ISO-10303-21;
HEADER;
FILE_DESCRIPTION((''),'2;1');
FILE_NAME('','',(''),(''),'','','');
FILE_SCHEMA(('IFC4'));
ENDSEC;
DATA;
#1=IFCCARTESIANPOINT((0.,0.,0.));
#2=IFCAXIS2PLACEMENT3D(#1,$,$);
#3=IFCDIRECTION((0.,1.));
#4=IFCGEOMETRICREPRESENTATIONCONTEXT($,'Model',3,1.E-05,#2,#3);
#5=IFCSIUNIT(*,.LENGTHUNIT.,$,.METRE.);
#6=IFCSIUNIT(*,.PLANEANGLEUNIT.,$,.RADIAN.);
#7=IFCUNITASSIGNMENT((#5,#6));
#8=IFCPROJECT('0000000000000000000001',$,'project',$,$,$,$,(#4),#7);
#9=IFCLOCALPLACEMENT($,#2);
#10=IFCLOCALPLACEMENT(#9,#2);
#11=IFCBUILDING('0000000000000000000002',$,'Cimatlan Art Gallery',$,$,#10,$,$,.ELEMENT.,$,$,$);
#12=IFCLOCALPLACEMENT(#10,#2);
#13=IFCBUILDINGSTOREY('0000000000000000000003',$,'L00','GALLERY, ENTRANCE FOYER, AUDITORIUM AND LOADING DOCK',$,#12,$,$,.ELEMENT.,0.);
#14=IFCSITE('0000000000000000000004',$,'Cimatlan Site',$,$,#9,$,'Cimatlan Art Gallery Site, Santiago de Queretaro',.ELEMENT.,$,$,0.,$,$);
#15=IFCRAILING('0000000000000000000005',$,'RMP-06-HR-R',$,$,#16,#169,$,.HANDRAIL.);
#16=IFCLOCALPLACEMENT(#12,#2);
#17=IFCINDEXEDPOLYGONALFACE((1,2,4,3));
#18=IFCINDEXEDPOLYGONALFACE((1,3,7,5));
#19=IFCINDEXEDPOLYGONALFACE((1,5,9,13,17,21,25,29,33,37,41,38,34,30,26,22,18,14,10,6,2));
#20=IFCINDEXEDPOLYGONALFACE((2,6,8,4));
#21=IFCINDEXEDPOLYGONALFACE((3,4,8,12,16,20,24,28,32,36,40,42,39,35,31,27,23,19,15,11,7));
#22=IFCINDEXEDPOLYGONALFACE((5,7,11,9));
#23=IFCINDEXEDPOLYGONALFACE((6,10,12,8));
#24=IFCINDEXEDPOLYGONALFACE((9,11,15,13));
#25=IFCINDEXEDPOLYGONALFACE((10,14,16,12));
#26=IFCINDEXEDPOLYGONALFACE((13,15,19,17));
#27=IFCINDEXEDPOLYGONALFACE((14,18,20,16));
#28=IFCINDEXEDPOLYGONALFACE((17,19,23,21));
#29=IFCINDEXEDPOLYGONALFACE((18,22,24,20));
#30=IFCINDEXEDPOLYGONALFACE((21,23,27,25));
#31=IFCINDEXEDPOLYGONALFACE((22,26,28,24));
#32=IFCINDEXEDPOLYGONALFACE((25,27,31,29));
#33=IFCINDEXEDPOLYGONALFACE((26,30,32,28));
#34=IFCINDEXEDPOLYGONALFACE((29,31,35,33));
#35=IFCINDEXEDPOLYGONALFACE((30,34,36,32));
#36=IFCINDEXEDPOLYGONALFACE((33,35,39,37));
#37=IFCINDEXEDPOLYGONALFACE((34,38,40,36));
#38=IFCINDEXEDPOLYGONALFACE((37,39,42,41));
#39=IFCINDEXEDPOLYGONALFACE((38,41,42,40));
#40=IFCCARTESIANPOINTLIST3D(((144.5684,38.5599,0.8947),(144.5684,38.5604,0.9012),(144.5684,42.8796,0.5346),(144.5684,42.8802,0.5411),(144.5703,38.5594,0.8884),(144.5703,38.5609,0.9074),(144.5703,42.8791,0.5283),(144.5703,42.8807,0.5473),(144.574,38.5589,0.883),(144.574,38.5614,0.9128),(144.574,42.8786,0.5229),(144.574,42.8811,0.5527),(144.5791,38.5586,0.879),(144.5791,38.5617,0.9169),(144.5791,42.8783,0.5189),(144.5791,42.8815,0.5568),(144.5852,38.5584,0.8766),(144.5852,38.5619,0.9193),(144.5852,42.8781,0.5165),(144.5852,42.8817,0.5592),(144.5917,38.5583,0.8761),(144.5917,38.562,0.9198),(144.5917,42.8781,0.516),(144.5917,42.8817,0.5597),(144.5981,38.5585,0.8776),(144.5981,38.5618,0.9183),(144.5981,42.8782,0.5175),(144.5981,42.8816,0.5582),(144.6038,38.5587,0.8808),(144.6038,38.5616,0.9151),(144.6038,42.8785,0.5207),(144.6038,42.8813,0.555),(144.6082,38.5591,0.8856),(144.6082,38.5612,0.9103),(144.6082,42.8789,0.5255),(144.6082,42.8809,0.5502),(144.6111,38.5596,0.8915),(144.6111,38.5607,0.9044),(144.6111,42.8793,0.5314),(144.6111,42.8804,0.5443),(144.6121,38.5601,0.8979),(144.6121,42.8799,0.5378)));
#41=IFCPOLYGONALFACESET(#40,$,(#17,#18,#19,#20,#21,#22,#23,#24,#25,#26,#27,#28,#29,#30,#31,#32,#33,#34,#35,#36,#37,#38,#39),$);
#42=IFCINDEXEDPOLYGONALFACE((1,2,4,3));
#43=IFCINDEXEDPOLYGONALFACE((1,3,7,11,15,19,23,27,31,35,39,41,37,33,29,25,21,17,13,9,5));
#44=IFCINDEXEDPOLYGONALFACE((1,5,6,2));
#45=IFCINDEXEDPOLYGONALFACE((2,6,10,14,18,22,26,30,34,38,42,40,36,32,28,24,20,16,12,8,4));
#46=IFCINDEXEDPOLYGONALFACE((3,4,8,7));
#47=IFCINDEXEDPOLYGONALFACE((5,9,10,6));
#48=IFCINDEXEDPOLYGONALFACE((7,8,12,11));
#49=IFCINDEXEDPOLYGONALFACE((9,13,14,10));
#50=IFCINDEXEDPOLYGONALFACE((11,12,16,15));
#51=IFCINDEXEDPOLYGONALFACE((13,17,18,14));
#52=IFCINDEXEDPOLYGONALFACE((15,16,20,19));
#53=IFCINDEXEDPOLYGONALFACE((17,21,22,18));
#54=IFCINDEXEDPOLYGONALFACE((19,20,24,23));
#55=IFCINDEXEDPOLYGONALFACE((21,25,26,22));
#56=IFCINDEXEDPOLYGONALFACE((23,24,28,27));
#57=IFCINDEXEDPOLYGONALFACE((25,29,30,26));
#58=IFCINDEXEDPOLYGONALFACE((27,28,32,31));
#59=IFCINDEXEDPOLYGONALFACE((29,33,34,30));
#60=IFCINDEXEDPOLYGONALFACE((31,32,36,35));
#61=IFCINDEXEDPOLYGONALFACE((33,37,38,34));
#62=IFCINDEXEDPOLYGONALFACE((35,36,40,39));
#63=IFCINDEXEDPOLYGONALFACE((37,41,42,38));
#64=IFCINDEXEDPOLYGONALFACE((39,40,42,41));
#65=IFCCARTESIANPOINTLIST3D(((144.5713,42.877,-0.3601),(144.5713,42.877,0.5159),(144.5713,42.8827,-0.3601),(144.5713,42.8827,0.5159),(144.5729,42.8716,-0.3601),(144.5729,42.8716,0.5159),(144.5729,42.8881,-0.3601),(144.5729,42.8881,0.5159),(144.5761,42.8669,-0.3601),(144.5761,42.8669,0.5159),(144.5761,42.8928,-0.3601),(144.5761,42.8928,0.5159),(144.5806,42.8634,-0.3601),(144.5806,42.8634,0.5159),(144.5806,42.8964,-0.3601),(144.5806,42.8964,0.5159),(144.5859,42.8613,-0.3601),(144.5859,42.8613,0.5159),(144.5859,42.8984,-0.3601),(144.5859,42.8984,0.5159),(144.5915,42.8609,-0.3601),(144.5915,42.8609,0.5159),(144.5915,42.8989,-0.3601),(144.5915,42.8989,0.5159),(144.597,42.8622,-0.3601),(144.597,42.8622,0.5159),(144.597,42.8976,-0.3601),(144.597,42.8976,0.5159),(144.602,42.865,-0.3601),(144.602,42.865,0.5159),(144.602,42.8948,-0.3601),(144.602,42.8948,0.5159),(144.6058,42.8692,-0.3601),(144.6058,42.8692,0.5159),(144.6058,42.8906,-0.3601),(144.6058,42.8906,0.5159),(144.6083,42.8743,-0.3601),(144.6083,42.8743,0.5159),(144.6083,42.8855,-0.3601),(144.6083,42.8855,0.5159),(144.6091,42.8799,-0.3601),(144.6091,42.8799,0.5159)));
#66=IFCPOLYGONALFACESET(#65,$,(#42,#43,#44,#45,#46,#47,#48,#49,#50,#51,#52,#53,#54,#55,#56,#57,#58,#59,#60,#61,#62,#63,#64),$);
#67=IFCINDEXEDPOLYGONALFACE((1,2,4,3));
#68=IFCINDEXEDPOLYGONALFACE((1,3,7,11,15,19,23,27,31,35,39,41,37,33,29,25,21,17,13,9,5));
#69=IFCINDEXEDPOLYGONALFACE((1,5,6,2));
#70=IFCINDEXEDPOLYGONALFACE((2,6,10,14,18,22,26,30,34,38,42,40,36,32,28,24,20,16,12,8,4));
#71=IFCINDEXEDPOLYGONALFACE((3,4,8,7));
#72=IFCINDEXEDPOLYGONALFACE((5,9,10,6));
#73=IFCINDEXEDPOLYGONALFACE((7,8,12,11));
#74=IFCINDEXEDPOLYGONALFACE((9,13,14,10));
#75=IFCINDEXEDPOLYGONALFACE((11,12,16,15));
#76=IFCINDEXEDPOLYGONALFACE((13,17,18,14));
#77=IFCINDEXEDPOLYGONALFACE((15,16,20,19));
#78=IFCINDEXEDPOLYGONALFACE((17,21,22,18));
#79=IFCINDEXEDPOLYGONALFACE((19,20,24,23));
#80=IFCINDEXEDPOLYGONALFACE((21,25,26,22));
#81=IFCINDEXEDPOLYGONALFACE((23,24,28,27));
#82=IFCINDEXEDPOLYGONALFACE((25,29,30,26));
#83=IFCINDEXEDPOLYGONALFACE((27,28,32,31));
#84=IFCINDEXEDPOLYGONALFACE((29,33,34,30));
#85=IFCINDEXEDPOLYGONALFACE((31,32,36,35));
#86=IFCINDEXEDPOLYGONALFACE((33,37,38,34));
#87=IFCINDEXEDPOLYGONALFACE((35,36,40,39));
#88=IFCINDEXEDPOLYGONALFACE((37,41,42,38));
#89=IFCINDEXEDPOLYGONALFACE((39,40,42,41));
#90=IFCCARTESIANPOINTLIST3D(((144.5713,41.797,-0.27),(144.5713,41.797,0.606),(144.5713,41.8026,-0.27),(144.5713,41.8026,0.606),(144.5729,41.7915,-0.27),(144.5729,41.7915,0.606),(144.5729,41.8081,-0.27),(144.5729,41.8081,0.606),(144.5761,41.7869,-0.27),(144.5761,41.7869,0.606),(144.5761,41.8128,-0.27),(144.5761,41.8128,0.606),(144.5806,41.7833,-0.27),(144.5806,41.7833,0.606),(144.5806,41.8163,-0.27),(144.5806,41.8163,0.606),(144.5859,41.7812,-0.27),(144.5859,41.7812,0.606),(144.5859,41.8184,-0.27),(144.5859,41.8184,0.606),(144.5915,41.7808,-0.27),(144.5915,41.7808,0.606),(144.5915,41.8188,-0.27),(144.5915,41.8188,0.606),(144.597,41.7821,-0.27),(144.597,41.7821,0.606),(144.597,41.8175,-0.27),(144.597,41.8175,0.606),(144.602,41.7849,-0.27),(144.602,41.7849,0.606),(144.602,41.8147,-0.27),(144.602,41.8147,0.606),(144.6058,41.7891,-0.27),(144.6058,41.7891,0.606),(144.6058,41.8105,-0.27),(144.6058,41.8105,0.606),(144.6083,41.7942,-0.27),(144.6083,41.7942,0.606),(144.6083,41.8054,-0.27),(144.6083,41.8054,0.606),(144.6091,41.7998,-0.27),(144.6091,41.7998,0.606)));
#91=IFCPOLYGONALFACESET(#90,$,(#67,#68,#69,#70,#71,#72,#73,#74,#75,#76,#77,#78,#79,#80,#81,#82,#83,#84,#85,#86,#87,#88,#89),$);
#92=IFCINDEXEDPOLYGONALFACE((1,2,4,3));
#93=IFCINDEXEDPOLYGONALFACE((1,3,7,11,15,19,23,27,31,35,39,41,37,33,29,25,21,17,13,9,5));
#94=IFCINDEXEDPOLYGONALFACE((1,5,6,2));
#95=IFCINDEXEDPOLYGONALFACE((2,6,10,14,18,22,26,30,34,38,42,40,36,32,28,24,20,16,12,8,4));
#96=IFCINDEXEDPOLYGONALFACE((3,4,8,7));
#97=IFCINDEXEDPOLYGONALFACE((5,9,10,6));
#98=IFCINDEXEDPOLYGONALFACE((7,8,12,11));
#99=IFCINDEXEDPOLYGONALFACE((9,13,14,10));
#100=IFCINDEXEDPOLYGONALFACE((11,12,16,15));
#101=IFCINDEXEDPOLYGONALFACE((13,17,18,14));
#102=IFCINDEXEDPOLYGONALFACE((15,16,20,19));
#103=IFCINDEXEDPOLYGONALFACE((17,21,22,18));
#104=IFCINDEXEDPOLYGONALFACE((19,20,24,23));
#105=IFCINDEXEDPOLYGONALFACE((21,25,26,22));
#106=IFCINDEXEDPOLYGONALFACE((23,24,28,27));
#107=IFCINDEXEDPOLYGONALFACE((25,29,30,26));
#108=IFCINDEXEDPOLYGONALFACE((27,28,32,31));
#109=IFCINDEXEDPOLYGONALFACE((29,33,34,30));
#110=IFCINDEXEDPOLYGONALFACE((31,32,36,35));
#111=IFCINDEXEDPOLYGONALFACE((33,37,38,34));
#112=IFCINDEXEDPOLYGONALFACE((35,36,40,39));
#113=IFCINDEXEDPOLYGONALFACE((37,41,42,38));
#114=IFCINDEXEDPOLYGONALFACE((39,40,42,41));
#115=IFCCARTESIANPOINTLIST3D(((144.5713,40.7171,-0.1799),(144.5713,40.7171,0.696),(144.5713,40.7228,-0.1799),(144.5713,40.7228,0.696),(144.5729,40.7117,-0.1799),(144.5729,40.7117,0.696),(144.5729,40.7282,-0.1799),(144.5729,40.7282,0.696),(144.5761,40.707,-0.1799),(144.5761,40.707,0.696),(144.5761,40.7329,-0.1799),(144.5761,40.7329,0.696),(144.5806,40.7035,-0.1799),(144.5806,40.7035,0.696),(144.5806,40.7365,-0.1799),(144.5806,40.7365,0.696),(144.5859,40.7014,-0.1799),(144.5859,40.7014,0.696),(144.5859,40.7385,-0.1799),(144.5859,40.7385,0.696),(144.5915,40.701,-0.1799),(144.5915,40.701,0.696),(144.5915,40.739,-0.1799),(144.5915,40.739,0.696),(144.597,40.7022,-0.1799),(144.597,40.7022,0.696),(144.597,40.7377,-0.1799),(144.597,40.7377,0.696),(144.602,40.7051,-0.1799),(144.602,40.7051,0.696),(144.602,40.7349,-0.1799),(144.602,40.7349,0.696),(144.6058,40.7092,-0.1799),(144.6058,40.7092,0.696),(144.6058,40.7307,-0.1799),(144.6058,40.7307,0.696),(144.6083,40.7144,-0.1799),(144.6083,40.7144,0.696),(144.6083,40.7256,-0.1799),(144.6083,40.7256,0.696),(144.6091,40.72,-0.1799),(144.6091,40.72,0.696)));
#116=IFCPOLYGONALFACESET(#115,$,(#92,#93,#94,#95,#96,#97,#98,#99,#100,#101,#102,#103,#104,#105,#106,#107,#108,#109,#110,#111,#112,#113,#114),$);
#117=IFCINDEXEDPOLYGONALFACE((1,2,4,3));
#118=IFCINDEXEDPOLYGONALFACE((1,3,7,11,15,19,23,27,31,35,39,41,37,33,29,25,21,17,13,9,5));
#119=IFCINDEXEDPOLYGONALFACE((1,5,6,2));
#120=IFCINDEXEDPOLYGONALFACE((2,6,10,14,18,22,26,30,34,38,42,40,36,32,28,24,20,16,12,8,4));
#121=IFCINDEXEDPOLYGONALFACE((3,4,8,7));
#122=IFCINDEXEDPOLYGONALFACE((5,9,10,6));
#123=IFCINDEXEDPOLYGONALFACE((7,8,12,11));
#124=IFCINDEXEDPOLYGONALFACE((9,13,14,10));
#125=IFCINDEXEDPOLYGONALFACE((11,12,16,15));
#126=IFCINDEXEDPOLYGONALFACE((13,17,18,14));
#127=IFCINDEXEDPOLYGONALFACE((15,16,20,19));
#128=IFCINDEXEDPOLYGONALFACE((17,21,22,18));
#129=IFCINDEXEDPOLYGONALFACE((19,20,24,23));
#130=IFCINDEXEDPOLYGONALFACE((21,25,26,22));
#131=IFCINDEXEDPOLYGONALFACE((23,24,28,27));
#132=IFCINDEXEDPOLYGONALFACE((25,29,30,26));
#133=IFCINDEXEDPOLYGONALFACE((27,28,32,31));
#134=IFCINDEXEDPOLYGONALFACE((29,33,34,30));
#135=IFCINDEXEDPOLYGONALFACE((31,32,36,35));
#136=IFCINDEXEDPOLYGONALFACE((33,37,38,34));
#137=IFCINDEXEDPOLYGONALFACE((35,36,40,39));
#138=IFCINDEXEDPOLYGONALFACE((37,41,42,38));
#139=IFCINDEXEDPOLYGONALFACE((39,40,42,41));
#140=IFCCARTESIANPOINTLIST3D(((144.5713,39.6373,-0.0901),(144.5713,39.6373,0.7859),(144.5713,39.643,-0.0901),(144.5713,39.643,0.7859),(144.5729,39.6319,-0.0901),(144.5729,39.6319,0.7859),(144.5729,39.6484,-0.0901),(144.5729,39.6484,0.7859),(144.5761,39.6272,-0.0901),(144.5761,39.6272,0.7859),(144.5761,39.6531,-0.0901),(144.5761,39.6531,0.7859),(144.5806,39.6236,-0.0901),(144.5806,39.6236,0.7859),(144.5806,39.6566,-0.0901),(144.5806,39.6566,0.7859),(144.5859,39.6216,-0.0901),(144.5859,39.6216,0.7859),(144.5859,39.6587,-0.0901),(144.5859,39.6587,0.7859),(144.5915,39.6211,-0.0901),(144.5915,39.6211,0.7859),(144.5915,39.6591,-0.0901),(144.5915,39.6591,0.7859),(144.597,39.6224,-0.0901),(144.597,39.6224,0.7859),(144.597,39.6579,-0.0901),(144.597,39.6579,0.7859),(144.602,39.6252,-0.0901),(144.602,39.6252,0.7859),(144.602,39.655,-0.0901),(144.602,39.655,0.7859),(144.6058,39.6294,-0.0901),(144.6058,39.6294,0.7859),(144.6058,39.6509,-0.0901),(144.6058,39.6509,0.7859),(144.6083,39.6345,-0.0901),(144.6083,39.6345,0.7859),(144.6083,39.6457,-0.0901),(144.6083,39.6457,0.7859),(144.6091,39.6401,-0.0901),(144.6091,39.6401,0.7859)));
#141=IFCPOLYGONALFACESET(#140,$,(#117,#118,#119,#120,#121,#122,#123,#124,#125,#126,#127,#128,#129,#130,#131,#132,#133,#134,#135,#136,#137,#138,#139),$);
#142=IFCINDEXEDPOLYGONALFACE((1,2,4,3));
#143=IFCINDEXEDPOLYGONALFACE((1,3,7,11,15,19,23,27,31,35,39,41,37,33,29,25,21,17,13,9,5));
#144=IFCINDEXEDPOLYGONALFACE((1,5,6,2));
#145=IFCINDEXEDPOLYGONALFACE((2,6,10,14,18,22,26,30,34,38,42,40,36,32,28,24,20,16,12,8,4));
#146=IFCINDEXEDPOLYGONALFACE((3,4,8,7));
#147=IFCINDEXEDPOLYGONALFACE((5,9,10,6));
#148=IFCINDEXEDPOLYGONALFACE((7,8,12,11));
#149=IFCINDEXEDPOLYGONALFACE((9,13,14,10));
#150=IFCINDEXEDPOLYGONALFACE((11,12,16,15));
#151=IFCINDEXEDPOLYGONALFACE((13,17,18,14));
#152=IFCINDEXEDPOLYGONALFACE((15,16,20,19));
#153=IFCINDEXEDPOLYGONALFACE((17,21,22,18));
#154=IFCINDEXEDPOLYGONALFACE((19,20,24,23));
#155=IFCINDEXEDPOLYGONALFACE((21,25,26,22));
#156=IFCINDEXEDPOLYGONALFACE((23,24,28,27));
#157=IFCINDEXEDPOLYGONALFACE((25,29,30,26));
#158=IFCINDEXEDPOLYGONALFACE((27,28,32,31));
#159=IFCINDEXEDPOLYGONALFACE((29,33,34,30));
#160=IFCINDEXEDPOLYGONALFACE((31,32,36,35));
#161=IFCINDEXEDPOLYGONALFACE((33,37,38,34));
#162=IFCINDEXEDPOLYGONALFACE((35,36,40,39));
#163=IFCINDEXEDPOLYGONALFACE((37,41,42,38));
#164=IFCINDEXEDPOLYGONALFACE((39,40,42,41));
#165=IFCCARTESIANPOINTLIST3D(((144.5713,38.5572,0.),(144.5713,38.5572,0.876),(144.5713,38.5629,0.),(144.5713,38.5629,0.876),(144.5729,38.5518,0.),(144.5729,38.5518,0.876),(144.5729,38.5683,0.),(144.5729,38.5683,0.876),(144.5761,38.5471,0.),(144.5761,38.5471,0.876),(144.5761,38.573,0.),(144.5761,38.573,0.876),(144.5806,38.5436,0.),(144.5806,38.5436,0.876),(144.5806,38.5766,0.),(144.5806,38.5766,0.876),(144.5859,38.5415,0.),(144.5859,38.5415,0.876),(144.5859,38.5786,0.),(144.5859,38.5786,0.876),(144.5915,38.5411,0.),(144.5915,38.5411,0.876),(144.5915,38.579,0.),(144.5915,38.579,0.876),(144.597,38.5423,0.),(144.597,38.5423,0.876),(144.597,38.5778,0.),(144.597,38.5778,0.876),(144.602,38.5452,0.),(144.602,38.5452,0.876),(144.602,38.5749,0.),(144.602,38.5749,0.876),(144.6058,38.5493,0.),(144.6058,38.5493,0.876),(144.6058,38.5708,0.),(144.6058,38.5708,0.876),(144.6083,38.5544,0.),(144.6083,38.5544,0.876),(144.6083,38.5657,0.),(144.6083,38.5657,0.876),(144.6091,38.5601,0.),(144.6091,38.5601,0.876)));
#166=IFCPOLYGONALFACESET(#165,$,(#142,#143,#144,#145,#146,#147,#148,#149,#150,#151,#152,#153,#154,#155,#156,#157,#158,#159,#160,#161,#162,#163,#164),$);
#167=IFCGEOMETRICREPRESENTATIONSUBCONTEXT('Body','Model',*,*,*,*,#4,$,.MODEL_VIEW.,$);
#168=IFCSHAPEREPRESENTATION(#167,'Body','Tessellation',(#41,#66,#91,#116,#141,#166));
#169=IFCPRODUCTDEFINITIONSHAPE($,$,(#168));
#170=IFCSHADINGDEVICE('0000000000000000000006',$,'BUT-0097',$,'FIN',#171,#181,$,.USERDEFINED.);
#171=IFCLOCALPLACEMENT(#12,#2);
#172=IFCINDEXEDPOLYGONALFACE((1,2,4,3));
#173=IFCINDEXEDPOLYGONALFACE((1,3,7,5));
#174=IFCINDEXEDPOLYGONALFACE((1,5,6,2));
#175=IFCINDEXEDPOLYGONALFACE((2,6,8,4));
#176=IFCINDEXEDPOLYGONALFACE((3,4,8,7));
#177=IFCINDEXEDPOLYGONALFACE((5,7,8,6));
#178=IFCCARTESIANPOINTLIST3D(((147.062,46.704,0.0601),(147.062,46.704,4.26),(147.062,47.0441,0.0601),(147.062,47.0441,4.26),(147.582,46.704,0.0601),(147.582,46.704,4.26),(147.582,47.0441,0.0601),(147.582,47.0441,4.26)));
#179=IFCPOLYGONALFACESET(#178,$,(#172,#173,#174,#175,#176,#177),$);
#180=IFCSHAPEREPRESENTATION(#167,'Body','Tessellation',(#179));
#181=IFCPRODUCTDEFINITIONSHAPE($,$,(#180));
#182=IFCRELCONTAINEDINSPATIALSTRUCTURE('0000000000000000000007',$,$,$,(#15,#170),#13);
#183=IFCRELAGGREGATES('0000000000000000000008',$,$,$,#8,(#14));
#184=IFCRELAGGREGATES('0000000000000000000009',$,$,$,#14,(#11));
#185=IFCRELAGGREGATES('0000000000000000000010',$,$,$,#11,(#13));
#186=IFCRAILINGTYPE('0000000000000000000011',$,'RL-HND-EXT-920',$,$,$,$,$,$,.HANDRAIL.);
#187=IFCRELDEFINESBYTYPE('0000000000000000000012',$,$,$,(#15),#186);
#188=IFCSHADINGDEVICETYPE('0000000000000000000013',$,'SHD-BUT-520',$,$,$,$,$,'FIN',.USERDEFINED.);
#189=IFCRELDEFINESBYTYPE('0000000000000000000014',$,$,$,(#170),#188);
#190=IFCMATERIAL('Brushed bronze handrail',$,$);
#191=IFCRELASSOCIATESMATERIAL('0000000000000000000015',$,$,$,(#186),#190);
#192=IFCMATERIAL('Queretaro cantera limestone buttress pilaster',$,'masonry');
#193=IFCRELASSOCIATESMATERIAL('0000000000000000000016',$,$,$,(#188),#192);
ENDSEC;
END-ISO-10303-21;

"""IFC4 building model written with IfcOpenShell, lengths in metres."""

from ifc_helpers import new_model, si_unit, direction, frame, origin, origin_2d, place, context, subcontext, project, spatial, rectangle, circle, extrude, material, type_object, element, save


model = new_model("IFC4")

# Units and contexts
model_context = context("Model", 3, precision=1e-05, world=origin(), true_north=direction((0.0, 1.0)))
body_context = subcontext(model_context, "Body", "Model", "MODEL_VIEW")
ifc_project = project(units=[si_unit("LENGTHUNIT", "METRE"), si_unit("PLANEANGLEUNIT", "RADIAN")], contexts=[model_context])

# Site, building, storey
site_placement = place(None, origin())
site = spatial("IfcSite", under=ifc_project, at=site_placement, Name="Cimatlan Site", LongName="Cimatlan Art Gallery Site, Santiago de Queretaro", CompositionType="ELEMENT", RefElevation=0.0)
building_placement = place(site_placement, origin())
building = spatial("IfcBuilding", under=site, at=building_placement, Name="Cimatlan Art Gallery", CompositionType="ELEMENT")
storey_placement = place(building_placement, origin())
storey = spatial("IfcBuildingStorey", under=building, at=storey_placement, Name="L00", Description="GALLERY, ENTRANCE FOYER, AUDITORIUM AND LOADING DOCK", CompositionType="ELEMENT", Elevation=0.0)

# Railing
ifc_material_1 = material(Name="Brushed bronze handrail")
railing_type = type_object("IfcRailingType", Name="RL-HND-EXT-920", PredefinedType="HANDRAIL", material=ifc_material_1)
for number, where, name in (
    (1, (144.5901, 42.8799, -0.3601), "RMP-06-HR-R"),
):
    element("IfcRailing", number, at=place(storey_placement, frame(where)), inside=storey, type_object=railing_type, Name=name, PredefinedType="HANDRAIL", context=body_context, shape_type="SweptSolid", body=[
        extrude(circle(Radius=0.022, at=origin_2d()), frame((0.0, 0.0, 0.8979), z_axis=(0.0, -0.996543, 0.083073), x_axis=(1.0, 0.0, 0.0)), (0.0, 0.0, 1.0), 4.3347),
        extrude(circle(Radius=0.019, at=origin_2d()), origin(), (0.0, 0.0, 1.0), 0.876),
        extrude(circle(Radius=0.019, at=origin_2d()), frame((0.0, -1.0801, 0.0901)), (0.0, 0.0, 1.0), 0.876),
        extrude(circle(Radius=0.019, at=origin_2d()), frame((0.0, -2.1599, 0.1802)), (0.0, 0.0, 1.0), 0.876),
        extrude(circle(Radius=0.019, at=origin_2d()), frame((0.0, -3.2397, 0.27)), (0.0, 0.0, 1.0), 0.876),
        extrude(circle(Radius=0.019, at=origin_2d()), frame((0.0, -4.3198, 0.3601)), (0.0, 0.0, 1.0), 0.876),
    ])

# Shading device
ifc_material_2 = material(Name="Queretaro cantera limestone buttress pilaster", Category="masonry")
shading_device_type = type_object("IfcShadingDeviceType", Name="SHD-BUT-520", ElementType="FIN", PredefinedType="USERDEFINED", material=ifc_material_2)
shading_device_placement = place(storey_placement, frame((147.322, 46.874, 0.0601), z_axis=(0.0, 0.0, 1.0), x_axis=(0.0, 1.0, 0.0)))
element("IfcShadingDevice", 2, at=shading_device_placement, inside=storey, type_object=shading_device_type, Name="BUT-0097", ObjectType="FIN", PredefinedType="USERDEFINED", context=body_context, shape_type="SweptSolid", body=[
    extrude(rectangle(XDim=0.3401, YDim=0.52, at=origin_2d()), origin(), (0.0, 0.0, 1.0), 4.2),
])

save(model, "model.ifc")
